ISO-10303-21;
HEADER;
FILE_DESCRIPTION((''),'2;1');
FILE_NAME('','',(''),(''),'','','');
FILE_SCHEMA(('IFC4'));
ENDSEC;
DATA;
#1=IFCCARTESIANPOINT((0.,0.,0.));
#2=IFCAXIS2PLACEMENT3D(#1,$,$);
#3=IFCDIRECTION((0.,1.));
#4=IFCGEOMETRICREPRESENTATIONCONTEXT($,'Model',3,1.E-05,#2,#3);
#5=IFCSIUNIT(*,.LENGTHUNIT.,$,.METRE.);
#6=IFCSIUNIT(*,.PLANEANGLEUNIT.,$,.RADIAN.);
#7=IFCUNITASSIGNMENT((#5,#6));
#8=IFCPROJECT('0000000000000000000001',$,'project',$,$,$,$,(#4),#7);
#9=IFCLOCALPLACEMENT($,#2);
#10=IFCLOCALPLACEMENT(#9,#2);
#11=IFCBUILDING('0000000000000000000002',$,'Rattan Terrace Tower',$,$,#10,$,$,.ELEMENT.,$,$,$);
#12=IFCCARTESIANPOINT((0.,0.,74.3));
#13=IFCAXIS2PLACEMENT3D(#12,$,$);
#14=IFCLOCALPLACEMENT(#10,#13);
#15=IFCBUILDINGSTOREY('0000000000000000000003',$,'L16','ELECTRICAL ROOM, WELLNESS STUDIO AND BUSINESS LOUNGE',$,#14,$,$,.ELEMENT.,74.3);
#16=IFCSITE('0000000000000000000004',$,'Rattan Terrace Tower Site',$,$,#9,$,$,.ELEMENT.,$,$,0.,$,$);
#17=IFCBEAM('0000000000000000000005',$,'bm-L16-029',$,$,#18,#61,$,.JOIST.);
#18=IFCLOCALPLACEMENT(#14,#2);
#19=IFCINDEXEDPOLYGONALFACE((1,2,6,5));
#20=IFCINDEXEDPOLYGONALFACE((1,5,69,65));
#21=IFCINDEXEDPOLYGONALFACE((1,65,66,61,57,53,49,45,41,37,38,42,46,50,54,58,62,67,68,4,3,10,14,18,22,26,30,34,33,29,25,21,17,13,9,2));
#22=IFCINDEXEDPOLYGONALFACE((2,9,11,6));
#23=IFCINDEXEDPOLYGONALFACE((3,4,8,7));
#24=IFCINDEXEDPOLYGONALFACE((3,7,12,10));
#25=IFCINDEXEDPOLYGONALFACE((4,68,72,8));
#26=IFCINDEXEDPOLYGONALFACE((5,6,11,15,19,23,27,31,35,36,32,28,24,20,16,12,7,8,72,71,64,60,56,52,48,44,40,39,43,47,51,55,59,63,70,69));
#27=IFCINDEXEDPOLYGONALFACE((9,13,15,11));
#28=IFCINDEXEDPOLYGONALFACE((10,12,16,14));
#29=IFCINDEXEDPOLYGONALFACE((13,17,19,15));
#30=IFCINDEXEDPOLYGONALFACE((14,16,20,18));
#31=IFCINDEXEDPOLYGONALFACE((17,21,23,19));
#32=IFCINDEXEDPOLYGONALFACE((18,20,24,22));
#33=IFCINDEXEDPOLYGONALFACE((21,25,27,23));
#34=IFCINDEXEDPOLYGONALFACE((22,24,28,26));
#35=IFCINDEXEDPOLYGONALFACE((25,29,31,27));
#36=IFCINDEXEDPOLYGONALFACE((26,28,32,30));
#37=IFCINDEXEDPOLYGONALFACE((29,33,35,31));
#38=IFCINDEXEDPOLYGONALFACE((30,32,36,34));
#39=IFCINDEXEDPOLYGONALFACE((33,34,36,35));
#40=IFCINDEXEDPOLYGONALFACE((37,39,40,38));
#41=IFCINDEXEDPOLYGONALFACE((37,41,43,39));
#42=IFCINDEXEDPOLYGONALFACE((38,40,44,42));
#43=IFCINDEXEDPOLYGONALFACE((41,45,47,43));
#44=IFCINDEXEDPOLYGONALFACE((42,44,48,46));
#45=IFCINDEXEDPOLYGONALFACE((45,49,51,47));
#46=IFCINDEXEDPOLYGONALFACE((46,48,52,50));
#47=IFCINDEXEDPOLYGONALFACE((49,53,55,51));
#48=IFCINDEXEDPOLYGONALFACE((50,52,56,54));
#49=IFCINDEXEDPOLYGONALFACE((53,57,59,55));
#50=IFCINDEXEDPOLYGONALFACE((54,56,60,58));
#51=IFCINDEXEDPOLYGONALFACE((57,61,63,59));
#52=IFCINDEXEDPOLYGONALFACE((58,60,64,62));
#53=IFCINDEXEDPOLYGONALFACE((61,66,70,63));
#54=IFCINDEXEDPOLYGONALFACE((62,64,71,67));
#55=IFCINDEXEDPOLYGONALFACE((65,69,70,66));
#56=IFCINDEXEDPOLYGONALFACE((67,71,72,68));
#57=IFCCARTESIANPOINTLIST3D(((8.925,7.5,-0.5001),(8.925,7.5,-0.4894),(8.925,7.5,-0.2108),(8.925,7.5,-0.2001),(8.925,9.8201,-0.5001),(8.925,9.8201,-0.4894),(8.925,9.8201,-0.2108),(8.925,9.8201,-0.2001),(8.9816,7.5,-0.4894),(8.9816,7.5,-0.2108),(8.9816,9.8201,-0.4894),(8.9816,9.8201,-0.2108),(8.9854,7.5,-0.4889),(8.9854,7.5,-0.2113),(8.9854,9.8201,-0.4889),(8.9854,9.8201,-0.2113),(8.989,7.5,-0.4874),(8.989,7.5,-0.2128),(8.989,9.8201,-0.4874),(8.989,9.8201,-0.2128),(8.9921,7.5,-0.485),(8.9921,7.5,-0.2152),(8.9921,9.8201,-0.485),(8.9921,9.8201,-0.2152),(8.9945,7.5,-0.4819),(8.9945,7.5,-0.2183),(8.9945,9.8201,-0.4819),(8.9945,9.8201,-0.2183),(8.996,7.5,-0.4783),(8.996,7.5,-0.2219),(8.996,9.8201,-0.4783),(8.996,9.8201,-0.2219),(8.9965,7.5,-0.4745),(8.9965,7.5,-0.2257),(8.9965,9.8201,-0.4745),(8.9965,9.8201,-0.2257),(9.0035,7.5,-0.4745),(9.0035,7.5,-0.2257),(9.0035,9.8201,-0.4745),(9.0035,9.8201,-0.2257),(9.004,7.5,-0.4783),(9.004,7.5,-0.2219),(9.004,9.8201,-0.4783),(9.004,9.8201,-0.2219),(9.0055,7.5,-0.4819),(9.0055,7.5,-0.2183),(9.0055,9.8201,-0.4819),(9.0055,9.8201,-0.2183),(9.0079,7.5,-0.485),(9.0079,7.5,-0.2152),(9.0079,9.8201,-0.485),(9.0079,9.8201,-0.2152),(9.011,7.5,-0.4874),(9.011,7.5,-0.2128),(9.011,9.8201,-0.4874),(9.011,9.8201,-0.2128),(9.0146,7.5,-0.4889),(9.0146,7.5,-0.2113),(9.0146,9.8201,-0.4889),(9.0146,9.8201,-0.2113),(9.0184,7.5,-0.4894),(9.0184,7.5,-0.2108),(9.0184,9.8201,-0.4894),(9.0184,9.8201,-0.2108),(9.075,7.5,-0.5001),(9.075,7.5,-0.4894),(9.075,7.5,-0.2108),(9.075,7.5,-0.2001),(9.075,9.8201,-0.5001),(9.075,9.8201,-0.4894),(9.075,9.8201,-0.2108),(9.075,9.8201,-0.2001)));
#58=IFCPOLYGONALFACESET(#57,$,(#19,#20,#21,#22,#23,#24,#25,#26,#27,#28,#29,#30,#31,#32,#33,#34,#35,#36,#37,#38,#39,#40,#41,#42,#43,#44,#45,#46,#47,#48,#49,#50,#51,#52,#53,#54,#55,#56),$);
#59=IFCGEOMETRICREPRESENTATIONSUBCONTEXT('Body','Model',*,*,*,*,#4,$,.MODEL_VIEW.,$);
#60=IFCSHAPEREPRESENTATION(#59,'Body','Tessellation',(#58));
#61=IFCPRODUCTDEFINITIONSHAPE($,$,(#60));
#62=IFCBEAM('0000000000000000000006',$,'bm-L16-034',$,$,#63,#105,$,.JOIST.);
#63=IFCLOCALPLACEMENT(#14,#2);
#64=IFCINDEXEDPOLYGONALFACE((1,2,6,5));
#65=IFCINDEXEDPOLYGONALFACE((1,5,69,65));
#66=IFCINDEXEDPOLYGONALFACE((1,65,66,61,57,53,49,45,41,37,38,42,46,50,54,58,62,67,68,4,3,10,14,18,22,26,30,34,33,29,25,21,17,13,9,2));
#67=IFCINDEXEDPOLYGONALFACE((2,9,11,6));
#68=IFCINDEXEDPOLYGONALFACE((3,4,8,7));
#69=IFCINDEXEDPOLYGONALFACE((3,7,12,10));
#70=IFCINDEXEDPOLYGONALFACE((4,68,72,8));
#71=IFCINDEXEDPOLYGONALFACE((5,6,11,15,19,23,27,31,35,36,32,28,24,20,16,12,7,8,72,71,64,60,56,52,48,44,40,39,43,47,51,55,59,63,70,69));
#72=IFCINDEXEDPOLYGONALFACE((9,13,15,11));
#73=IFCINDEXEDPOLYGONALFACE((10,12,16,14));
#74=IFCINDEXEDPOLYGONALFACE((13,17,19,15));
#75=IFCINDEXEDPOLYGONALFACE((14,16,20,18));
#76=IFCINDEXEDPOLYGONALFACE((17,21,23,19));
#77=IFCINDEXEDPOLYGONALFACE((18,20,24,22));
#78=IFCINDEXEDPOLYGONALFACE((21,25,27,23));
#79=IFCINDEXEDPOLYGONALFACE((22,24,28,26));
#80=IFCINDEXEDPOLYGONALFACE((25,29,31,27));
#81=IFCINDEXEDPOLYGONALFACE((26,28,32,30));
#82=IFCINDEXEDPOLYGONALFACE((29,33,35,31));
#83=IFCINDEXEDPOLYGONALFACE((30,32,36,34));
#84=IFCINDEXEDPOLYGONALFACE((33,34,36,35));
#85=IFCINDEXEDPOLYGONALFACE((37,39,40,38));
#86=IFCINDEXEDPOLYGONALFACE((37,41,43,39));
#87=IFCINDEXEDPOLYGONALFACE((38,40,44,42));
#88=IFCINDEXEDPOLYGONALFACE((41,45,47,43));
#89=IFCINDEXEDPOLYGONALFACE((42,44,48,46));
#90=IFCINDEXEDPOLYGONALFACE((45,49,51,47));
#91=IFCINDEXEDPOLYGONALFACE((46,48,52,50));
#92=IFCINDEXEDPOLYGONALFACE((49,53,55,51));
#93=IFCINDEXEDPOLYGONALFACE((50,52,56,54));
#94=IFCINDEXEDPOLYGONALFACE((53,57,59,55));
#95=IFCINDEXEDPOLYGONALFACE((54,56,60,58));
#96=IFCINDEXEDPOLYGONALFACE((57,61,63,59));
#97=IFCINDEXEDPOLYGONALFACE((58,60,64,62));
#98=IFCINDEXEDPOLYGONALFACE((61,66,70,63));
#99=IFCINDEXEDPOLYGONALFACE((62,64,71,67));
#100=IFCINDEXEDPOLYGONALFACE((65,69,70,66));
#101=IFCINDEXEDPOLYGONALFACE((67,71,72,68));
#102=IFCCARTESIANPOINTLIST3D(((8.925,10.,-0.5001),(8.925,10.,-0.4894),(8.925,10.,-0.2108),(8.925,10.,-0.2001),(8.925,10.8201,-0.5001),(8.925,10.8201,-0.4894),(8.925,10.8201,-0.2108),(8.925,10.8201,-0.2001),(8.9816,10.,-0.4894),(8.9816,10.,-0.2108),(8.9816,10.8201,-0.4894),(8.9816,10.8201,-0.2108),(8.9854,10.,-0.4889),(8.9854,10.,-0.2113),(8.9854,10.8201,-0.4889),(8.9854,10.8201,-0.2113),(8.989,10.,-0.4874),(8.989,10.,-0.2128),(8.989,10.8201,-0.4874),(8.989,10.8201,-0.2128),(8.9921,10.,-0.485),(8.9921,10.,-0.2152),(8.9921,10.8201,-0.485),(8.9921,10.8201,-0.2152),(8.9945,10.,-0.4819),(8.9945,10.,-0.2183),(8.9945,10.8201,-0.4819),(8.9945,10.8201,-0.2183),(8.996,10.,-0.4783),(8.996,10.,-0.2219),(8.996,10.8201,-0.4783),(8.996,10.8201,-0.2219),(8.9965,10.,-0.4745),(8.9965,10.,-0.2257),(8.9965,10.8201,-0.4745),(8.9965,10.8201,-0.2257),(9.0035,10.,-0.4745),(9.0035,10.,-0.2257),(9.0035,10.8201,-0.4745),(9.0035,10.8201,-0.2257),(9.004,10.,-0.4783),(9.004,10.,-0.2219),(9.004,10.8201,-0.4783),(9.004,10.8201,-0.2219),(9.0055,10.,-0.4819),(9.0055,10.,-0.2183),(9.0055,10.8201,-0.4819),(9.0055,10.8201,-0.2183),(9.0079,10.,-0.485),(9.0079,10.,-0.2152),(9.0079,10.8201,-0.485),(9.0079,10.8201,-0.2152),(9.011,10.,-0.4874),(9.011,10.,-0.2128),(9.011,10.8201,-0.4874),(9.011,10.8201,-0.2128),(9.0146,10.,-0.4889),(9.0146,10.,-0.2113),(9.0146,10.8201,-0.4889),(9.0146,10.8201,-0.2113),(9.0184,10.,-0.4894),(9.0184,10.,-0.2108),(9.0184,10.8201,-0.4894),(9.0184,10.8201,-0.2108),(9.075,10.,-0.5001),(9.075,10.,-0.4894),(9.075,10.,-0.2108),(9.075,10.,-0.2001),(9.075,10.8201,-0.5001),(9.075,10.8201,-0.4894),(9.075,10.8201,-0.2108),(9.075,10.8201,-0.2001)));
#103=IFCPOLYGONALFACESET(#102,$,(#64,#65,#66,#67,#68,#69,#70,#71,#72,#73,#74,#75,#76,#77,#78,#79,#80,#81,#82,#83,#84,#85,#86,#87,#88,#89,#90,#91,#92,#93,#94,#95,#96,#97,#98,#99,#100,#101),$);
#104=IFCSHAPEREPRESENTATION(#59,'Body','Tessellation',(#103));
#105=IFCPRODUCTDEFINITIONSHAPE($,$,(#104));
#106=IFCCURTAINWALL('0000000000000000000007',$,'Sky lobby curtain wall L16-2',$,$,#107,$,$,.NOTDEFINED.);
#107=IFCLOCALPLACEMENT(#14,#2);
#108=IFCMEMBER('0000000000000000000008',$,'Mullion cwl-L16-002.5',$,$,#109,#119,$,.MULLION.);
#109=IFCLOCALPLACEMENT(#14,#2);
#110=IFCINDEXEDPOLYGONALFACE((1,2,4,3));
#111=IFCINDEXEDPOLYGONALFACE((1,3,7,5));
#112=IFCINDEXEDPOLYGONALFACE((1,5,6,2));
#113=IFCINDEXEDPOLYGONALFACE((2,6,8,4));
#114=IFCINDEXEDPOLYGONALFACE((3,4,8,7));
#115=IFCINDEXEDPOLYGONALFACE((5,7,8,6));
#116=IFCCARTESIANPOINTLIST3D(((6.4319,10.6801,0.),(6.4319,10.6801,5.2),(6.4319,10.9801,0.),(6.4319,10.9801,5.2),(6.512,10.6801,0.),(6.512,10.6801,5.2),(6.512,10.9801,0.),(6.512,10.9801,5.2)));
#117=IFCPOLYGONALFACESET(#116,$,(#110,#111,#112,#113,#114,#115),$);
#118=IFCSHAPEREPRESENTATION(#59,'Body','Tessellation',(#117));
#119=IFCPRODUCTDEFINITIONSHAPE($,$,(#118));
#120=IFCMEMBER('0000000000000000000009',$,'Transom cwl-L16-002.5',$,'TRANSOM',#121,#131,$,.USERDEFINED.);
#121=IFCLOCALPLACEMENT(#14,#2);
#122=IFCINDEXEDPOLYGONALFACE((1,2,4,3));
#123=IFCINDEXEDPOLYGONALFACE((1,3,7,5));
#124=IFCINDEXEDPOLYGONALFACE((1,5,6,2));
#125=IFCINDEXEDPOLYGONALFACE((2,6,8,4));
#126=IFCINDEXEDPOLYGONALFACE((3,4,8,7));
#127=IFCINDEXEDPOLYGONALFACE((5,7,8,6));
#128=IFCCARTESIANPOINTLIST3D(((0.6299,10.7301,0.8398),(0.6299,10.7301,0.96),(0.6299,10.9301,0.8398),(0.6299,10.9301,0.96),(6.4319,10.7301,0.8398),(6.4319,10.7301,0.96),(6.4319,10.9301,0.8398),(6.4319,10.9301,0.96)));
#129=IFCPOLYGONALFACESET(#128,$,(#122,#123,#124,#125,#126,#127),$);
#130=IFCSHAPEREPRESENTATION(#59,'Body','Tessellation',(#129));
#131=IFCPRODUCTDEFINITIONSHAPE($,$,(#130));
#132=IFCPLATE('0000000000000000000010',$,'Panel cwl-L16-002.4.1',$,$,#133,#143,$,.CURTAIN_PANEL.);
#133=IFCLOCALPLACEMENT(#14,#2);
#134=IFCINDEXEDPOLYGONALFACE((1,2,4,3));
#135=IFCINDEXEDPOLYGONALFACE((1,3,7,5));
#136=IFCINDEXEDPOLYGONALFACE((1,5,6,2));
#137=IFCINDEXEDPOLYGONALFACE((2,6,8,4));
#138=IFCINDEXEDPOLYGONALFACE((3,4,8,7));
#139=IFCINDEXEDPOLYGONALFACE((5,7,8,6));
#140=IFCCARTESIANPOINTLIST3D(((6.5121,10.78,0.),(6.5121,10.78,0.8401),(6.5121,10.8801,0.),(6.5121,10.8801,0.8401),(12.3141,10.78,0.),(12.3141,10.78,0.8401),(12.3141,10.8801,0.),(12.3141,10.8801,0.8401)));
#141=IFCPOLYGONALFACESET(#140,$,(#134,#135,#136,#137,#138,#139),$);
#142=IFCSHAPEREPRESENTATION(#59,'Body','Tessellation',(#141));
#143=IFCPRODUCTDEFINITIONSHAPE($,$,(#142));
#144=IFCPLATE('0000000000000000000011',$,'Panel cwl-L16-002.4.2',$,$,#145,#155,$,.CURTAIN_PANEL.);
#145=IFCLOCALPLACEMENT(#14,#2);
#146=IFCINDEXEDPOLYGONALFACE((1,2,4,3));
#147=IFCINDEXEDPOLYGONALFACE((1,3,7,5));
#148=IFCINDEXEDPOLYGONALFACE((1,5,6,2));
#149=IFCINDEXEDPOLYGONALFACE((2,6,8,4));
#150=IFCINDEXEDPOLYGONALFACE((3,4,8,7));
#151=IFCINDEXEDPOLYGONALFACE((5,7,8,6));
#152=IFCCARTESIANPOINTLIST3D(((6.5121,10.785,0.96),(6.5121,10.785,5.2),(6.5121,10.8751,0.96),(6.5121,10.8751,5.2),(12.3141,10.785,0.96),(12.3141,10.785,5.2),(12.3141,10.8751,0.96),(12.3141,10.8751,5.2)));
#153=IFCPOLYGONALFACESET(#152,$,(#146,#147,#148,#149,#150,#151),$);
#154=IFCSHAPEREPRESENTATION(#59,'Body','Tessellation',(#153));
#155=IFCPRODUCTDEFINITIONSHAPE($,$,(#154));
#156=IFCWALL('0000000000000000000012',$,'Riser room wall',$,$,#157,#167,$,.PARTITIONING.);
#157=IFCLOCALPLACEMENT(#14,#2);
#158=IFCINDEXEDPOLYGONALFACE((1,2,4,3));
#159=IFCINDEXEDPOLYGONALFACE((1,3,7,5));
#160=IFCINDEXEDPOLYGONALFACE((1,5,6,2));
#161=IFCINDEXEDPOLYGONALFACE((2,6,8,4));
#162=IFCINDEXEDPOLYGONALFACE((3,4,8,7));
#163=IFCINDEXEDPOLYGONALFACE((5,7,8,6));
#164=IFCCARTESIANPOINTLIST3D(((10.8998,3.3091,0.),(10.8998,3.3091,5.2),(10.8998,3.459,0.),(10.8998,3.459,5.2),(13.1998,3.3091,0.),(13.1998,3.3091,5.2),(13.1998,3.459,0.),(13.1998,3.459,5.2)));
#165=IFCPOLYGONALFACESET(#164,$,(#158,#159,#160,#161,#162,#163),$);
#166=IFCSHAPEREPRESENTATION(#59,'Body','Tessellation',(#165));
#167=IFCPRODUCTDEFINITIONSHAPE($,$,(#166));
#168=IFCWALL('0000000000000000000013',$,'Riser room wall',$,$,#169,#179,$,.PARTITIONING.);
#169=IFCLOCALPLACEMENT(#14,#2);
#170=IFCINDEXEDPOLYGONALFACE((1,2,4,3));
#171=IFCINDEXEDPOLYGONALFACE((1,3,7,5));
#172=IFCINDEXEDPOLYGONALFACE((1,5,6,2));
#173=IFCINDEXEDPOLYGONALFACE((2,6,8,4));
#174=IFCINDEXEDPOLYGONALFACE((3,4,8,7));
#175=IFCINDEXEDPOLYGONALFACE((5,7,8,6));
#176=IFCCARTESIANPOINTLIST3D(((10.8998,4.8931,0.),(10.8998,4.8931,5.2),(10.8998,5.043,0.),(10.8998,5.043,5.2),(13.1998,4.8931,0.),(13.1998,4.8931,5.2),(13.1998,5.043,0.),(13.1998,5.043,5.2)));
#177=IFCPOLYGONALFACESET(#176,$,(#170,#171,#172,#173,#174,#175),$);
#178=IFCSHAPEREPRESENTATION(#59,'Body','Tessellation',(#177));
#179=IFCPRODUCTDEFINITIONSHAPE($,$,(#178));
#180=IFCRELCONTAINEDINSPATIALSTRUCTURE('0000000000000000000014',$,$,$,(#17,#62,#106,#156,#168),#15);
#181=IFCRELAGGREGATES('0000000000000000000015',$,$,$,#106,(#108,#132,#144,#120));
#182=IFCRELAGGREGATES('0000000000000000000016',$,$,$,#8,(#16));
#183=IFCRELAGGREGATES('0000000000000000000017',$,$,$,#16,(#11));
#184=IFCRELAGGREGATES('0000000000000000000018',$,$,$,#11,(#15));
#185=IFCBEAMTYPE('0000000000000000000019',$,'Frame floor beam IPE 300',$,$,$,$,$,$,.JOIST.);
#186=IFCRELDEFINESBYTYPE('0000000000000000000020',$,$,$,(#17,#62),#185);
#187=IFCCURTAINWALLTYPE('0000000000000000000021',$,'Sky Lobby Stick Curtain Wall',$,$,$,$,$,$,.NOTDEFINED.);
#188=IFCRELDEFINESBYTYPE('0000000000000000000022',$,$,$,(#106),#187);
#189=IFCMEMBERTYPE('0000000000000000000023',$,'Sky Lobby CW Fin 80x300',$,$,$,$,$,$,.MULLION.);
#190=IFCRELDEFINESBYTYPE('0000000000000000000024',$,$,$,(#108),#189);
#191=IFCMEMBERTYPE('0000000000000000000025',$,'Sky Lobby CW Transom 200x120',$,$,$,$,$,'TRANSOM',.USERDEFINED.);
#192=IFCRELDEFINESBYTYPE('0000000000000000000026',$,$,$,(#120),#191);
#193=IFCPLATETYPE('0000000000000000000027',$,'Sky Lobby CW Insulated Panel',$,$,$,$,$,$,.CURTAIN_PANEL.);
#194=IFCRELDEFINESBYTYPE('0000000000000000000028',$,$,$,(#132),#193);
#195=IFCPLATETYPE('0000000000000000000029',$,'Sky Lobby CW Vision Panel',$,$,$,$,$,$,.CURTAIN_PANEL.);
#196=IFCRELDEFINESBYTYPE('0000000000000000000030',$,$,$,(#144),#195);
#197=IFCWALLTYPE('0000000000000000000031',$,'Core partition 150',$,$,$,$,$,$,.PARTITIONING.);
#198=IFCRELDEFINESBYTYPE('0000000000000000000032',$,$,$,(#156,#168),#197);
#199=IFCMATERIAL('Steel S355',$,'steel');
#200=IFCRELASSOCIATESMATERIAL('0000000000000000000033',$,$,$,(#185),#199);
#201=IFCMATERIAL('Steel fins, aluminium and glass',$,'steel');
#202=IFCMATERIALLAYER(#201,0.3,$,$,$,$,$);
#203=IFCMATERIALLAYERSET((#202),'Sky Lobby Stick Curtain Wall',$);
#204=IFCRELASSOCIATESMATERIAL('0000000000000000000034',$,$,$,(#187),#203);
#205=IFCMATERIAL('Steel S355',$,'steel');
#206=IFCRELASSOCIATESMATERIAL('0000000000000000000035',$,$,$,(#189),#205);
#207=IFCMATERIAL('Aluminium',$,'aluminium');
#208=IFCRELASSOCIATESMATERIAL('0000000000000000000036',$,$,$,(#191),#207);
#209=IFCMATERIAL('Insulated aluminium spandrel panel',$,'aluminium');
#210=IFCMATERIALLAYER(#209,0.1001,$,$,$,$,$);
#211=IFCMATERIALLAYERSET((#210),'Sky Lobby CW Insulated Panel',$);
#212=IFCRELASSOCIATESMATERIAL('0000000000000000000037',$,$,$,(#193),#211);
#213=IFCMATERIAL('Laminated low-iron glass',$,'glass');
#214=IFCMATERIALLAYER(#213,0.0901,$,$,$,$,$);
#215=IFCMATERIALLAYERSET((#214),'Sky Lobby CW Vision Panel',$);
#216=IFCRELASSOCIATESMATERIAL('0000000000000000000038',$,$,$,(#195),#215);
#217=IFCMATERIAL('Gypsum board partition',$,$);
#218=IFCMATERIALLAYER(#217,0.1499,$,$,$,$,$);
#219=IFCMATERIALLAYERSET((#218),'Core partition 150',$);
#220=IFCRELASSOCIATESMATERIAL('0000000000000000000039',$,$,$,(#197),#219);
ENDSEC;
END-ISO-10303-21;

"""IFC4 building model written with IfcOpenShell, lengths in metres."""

from ifc_helpers import new_model, si_unit, direction, frame, frame_2d, origin, origin_2d, place, context, subcontext, project, spatial, rectangle, i_section, extrude, material, layer, layer_set, material_profile, profile_set, type_object, element, aggregate, save


model = new_model("IFC4")

# Units and contexts
model_context = context("Model", 3, precision=1e-05, world=origin(), true_north=direction((0.0, 1.0)))
body_context = subcontext(model_context, "Body", "Model", "MODEL_VIEW")
ifc_project = project(units=[si_unit("LENGTHUNIT", "METRE"), si_unit("PLANEANGLEUNIT", "RADIAN")], contexts=[model_context])

# Site, building, storey
site_placement = place(None, origin())
site = spatial("IfcSite", under=ifc_project, at=site_placement, Name="Rattan Terrace Tower Site", CompositionType="ELEMENT", RefElevation=0.0)
building_placement = place(site_placement, origin())
building = spatial("IfcBuilding", under=site, at=building_placement, Name="Rattan Terrace Tower", CompositionType="ELEMENT")
storey_placement = place(building_placement, frame((0.0, 0.0, 74.3)))
storey = spatial("IfcBuildingStorey", under=building, at=storey_placement, Name="L16", Description="ELECTRICAL ROOM, WELLNESS STUDIO AND BUSINESS LOUNGE", CompositionType="ELEMENT", Elevation=74.3)

# Beams
ifc_material_1 = material(Name="Steel S355", Category="steel")
ifc_material_profile_1 = material_profile(ifc_material_1, i_section(OverallWidth=0.1499, OverallDepth=0.3, WebThickness=0.0071, FlangeThickness=0.0107, FilletRadius=0.0149, at=origin_2d()), Name="IPE 300")
ifc_profile_set_1 = profile_set([ifc_material_profile_1], Name="Steel S355")
beam_type = type_object("IfcBeamType", Name="Frame floor beam IPE 300", PredefinedType="JOIST", material=ifc_profile_set_1)
beam_1_placement = place(storey_placement, frame((9.0, 7.5, -0.3501), z_axis=(0.0, 1.0, 0.0), x_axis=(-1.0, 0.0, 0.0)))
element("IfcBeam", 1, at=beam_1_placement, inside=storey, type_object=beam_type, Name="bm-L16-029", PredefinedType="JOIST", context=body_context, shape_type="SweptSolid", body=[
    extrude(i_section(OverallWidth=0.1499, OverallDepth=0.3, WebThickness=0.0071, FlangeThickness=0.0107, FilletRadius=0.0149, at=origin_2d()), origin(), (0.0, 0.0, 1.0), 2.3201),
])
beam_2_placement = place(storey_placement, frame((9.0, 10.0, -0.3501), z_axis=(0.0, 1.0, 0.0), x_axis=(-1.0, 0.0, 0.0)))
element("IfcBeam", 2, at=beam_2_placement, inside=storey, type_object=beam_type, Name="bm-L16-034", PredefinedType="JOIST", context=body_context, shape_type="SweptSolid", body=[
    extrude(i_section(OverallWidth=0.1499, OverallDepth=0.3, WebThickness=0.0071, FlangeThickness=0.0107, FilletRadius=0.0149, at=origin_2d()), origin(), (0.0, 0.0, 1.0), 0.8201),
])

# Curtain wall, members, plates
ifc_material_2 = material(Name="Steel fins, aluminium and glass", Category="steel")
ifc_layer_1 = layer(ifc_material_2, 0.3)
ifc_layer_set_1 = layer_set([ifc_layer_1], Name="Sky Lobby Stick Curtain Wall")
curtain_wall_type = type_object("IfcCurtainWallType", Name="Sky Lobby Stick Curtain Wall", PredefinedType="NOTDEFINED", material=ifc_layer_set_1)
curtain_wall_placement = place(storey_placement, origin())
curtain_wall = element("IfcCurtainWall", 3, at=curtain_wall_placement, inside=storey, type_object=curtain_wall_type, Name="Sky lobby curtain wall L16-2", PredefinedType="NOTDEFINED")
ifc_material_3 = material(Name="Steel S355", Category="steel")
ifc_material_profile_2 = material_profile(ifc_material_3, rectangle(XDim=0.0801, YDim=0.3, at=origin_2d()), Name="Steel S355 80x300")
ifc_profile_set_2 = profile_set([ifc_material_profile_2], Name="Steel S355")
member_type_1 = type_object("IfcMemberType", Name="Sky Lobby CW Fin 80x300", PredefinedType="MULLION", material=ifc_profile_set_2)
member_1_placement = place(storey_placement, frame((6.4719, 10.8301, 0.0), z_axis=(0.0, 0.0, 1.0), x_axis=(-1.0, 0.0, 0.0)))
member_1 = element("IfcMember", 4, at=member_1_placement, type_object=member_type_1, Name="Mullion cwl-L16-002.5", PredefinedType="MULLION", context=body_context, shape_type="SweptSolid", body=[
    extrude(rectangle(XDim=0.0801, YDim=0.3, at=origin_2d()), origin(), (0.0, 0.0, 1.0), 5.2),
])
ifc_material_4 = material(Name="Aluminium", Category="aluminium")
ifc_material_profile_3 = material_profile(ifc_material_4, rectangle(XDim=0.2, YDim=0.1201, at=origin_2d()), Name="Aluminium 200x120")
ifc_profile_set_3 = profile_set([ifc_material_profile_3], Name="Aluminium")
member_type_2 = type_object("IfcMemberType", Name="Sky Lobby CW Transom 200x120", ElementType="TRANSOM", PredefinedType="USERDEFINED", material=ifc_profile_set_3)
member_2_placement = place(storey_placement, frame((6.4319, 10.8301, 0.8999), z_axis=(-1.0, 0.0, 0.0), x_axis=(0.0, -1.0, 0.0)))
member_2 = element("IfcMember", 5, at=member_2_placement, type_object=member_type_2, Name="Transom cwl-L16-002.5", ObjectType="TRANSOM", PredefinedType="USERDEFINED", context=body_context, shape_type="SweptSolid", body=[
    extrude(rectangle(XDim=0.2, YDim=0.1201, at=origin_2d()), origin(), (0.0, 0.0, 1.0), 5.802),
])
ifc_material_5 = material(Name="Insulated aluminium spandrel panel", Category="aluminium")
ifc_layer_2 = layer(ifc_material_5, 0.1001)
ifc_layer_set_2 = layer_set([ifc_layer_2], Name="Sky Lobby CW Insulated Panel")
plate_type_1 = type_object("IfcPlateType", Name="Sky Lobby CW Insulated Panel", PredefinedType="CURTAIN_PANEL", material=ifc_layer_set_2)
plate_1_placement = place(storey_placement, frame((9.4131, 10.8301, 0.0), z_axis=(0.0, 0.0, 1.0), x_axis=(-1.0, 0.0, 0.0)))
plate_1 = element("IfcPlate", 6, at=plate_1_placement, type_object=plate_type_1, Name="Panel cwl-L16-002.4.1", PredefinedType="CURTAIN_PANEL", context=body_context, shape_type="SweptSolid", body=[
    extrude(rectangle(XDim=5.802, YDim=0.1001, at=origin_2d()), origin(), (0.0, 0.0, 1.0), 0.8401),
])
ifc_material_6 = material(Name="Laminated low-iron glass", Category="glass")
ifc_layer_3 = layer(ifc_material_6, 0.0901)
ifc_layer_set_3 = layer_set([ifc_layer_3], Name="Sky Lobby CW Vision Panel")
plate_type_2 = type_object("IfcPlateType", Name="Sky Lobby CW Vision Panel", PredefinedType="CURTAIN_PANEL", material=ifc_layer_set_3)
plate_2_placement = place(storey_placement, frame((9.4131, 10.8301, 0.96), z_axis=(0.0, 0.0, 1.0), x_axis=(-1.0, 0.0, 0.0)))
plate_2 = element("IfcPlate", 7, at=plate_2_placement, type_object=plate_type_2, Name="Panel cwl-L16-002.4.2", PredefinedType="CURTAIN_PANEL", context=body_context, shape_type="SweptSolid", body=[
    extrude(rectangle(XDim=5.802, YDim=0.0901, at=origin_2d()), origin(), (0.0, 0.0, 1.0), 4.24),
])
aggregate(curtain_wall, [member_1, plate_1, plate_2, member_2])

# Walls
ifc_material_7 = material(Name="Gypsum board partition")
ifc_layer_4 = layer(ifc_material_7, 0.1499)
ifc_layer_set_4 = layer_set([ifc_layer_4], Name="Core partition 150")
wall_type_1 = type_object("IfcWallType", Name="Core partition 150", PredefinedType="PARTITIONING", material=ifc_layer_set_4)
for number, where, z_axis, x_axis, name in (
    (8, (10.8999, 3.384, 0.0), (0.0, 0.0, 1.0), (1.0, 0.0, 0.0), "Riser room wall"),
    (9, (10.8999, 4.968, 0.0), (0.0, 0.0, 1.0), (1.0, 0.0, 0.0), "Riser room wall"),
):
    element("IfcWall", number, at=place(storey_placement, frame(where, z_axis=z_axis, x_axis=x_axis)), inside=storey, type_object=wall_type_1, Name=name, PredefinedType="PARTITIONING", context=body_context, shape_type="SweptSolid", body=[
        extrude(rectangle(XDim=2.3, YDim=0.1499, at=frame_2d((1.1499, 0.0))), origin(), (0.0, 0.0, 1.0), 5.2),
    ])

save(model, "model.ifc")
